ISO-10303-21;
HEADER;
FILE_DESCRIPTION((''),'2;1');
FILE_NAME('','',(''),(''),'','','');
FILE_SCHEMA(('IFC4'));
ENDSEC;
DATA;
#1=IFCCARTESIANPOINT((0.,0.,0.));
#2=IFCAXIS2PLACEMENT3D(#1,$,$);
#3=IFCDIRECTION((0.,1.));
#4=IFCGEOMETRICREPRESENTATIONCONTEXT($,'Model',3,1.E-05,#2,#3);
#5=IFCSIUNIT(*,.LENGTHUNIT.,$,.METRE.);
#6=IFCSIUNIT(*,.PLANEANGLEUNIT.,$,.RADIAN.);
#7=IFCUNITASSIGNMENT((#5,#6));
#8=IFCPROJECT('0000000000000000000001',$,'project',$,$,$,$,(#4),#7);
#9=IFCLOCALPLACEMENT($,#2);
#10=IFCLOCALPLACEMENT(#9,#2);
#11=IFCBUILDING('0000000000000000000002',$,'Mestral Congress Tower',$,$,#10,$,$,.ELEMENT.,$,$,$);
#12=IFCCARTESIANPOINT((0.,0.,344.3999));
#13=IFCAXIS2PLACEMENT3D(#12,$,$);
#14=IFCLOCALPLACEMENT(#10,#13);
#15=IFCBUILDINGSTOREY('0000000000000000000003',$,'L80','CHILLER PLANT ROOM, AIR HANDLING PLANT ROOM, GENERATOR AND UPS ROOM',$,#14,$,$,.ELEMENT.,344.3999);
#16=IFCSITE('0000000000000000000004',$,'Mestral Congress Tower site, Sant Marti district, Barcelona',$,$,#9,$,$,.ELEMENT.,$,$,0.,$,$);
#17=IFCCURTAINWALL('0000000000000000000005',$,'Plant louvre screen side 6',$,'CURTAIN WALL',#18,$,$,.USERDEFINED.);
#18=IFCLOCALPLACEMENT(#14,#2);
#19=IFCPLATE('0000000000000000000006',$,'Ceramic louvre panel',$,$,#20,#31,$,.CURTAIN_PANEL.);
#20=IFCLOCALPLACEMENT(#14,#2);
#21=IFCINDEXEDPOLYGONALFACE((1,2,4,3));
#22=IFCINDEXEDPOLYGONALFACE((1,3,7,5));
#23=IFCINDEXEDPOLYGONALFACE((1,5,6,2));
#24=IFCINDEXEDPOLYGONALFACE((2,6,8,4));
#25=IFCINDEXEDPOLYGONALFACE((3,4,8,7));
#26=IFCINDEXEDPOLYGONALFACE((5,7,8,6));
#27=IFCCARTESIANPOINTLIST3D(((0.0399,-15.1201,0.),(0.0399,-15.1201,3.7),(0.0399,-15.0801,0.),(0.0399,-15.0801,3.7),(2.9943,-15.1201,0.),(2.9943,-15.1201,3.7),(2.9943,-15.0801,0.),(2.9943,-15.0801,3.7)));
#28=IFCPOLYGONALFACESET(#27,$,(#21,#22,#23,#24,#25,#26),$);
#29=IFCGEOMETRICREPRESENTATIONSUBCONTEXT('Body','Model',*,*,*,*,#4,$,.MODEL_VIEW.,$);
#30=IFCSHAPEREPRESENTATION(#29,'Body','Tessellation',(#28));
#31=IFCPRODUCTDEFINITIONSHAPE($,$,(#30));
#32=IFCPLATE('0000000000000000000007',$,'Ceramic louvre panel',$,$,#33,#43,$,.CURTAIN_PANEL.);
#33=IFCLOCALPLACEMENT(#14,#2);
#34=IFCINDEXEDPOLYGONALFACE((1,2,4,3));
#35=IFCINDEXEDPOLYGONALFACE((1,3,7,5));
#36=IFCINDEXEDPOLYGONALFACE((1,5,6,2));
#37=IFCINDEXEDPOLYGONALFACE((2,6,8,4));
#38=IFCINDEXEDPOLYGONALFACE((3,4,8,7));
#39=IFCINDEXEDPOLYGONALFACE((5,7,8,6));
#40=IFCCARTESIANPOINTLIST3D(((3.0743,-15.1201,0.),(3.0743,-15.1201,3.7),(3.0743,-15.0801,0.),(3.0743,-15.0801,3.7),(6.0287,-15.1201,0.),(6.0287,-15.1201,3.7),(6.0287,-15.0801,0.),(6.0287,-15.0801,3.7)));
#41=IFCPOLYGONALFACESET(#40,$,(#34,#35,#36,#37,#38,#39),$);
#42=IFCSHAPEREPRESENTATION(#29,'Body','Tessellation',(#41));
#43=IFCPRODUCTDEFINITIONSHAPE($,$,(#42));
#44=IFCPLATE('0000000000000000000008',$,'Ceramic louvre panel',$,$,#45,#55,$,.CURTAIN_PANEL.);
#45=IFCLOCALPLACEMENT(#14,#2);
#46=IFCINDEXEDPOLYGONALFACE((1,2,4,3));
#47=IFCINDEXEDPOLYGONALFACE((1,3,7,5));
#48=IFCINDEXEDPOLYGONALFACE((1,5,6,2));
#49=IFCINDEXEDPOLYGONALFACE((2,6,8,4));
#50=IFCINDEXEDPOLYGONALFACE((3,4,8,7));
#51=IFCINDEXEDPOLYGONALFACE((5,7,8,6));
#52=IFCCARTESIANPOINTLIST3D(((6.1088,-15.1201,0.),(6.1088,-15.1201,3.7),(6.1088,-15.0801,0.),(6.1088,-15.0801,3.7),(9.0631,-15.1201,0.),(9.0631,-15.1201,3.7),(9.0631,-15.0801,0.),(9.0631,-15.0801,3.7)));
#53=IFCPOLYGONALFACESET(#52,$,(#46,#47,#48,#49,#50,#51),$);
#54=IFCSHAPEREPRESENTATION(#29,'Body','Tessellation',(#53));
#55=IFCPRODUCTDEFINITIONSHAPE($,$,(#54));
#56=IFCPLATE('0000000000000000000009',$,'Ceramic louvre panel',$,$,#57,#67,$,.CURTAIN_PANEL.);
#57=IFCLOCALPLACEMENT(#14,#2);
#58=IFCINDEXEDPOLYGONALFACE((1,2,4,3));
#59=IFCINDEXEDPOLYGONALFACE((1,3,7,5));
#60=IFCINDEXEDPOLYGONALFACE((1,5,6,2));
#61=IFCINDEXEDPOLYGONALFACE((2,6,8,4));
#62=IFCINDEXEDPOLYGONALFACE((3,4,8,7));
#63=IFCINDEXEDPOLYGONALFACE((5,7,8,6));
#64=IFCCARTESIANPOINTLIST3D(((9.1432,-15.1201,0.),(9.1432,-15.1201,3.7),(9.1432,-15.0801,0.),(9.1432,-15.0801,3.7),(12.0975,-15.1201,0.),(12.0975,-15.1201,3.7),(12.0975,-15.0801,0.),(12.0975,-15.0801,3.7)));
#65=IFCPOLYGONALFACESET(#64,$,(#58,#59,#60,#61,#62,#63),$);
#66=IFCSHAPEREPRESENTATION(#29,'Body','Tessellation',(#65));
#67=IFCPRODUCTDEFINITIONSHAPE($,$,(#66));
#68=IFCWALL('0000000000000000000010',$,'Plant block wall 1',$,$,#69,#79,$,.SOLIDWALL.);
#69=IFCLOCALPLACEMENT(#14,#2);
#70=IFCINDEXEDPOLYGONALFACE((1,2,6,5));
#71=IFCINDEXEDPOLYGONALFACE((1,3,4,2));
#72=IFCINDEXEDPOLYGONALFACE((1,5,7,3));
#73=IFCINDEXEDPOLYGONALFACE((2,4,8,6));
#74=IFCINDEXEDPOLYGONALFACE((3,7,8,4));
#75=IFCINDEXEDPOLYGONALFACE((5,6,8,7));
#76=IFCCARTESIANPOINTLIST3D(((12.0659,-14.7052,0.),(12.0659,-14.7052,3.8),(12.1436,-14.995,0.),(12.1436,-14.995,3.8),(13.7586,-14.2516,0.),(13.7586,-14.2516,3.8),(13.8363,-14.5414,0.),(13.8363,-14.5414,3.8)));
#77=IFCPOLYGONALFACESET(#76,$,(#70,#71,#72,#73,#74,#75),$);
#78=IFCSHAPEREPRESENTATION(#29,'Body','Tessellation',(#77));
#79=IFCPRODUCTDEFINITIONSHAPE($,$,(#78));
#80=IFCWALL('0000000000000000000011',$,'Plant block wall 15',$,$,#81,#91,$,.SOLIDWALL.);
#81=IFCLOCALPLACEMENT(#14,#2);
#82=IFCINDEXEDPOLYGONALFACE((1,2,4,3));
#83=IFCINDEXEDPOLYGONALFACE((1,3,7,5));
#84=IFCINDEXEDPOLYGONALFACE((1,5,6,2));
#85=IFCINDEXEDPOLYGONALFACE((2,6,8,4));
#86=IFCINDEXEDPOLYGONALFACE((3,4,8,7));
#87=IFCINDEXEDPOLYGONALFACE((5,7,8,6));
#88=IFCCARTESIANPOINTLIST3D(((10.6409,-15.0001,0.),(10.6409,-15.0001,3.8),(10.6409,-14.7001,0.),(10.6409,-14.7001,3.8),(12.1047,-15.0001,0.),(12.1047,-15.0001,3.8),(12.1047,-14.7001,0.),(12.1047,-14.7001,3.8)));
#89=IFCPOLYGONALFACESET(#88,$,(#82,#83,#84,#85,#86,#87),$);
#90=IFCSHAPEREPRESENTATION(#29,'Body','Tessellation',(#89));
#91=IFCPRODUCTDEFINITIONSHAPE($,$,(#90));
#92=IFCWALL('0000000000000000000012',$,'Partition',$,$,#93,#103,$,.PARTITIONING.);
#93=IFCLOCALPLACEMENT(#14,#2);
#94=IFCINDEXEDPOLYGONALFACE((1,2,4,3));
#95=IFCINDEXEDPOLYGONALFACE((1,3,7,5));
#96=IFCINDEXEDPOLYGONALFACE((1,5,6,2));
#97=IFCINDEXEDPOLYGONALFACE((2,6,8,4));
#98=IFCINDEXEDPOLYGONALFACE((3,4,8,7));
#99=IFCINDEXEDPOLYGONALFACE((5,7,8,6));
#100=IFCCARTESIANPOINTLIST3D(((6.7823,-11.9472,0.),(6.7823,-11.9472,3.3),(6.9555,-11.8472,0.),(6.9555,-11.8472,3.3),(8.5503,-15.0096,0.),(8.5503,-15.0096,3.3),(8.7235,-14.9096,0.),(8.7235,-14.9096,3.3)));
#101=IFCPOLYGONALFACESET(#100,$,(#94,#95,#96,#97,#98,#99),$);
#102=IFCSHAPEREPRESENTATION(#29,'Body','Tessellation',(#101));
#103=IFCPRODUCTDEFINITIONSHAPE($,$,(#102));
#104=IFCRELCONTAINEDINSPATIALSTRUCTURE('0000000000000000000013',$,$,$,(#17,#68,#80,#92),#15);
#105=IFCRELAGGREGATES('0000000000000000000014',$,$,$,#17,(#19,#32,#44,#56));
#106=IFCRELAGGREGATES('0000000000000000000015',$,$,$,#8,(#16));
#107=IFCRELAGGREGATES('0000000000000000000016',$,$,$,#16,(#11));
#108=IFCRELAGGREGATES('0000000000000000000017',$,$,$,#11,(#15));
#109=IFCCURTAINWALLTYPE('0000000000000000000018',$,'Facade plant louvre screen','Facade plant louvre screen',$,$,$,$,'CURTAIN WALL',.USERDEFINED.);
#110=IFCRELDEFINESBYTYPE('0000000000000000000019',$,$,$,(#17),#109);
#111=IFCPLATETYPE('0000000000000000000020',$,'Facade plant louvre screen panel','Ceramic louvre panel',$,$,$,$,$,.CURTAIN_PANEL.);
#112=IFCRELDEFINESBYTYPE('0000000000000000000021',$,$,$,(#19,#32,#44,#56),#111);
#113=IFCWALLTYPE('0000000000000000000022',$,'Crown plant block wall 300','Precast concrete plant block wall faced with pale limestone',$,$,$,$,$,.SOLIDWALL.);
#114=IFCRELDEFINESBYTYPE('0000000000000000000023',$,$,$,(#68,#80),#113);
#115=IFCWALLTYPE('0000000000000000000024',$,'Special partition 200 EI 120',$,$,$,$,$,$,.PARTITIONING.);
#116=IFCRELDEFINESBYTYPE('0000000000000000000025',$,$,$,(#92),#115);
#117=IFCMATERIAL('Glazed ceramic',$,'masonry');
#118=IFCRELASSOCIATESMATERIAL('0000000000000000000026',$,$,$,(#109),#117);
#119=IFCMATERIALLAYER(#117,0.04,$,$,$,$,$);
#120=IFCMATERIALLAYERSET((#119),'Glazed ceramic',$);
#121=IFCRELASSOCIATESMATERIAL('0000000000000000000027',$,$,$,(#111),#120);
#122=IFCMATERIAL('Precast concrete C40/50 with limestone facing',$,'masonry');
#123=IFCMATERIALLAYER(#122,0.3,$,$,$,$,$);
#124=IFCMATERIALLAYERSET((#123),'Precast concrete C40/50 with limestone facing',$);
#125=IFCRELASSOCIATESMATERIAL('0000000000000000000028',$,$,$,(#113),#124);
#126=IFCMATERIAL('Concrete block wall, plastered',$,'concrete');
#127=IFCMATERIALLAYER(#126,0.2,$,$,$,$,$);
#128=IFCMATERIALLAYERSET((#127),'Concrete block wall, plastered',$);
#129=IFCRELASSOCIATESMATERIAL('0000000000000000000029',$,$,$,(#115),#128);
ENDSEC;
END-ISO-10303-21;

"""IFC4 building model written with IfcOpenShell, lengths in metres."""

from ifc_helpers import new_model, si_unit, direction, frame, frame_2d, origin, origin_2d, place, context, subcontext, project, spatial, rectangle, extrude, material, layer, layer_set, type_object, element, aggregate, save


model = new_model("IFC4")

# Units and contexts
model_context = context("Model", 3, precision=1e-05, world=origin(), true_north=direction((0.0, 1.0)))
body_context = subcontext(model_context, "Body", "Model", "MODEL_VIEW")
ifc_project = project(units=[si_unit("LENGTHUNIT", "METRE"), si_unit("PLANEANGLEUNIT", "RADIAN")], contexts=[model_context])

# Site, building, storey
site_placement = place(None, origin())
site = spatial("IfcSite", under=ifc_project, at=site_placement, Name="Mestral Congress Tower site, Sant Marti district, Barcelona", CompositionType="ELEMENT", RefElevation=0.0)
building_placement = place(site_placement, origin())
building = spatial("IfcBuilding", under=site, at=building_placement, Name="Mestral Congress Tower", CompositionType="ELEMENT")
storey_placement = place(building_placement, frame((0.0, 0.0, 344.3999)))
storey = spatial("IfcBuildingStorey", under=building, at=storey_placement, Name="L80", Description="CHILLER PLANT ROOM, AIR HANDLING PLANT ROOM, GENERATOR AND UPS ROOM", CompositionType="ELEMENT", Elevation=344.3999)

# Shared definitions
ifc_material_1 = material(Name="Glazed ceramic", Category="masonry")
curtain_wall_type = type_object("IfcCurtainWallType", Name="Facade plant louvre screen", Description="Facade plant louvre screen", ElementType="CURTAIN WALL", PredefinedType="USERDEFINED", material=ifc_material_1)
placement = place(storey_placement, origin())

# Curtain wall
curtain_wall_1 = element("IfcCurtainWall", 1, at=placement, inside=storey, type_object=curtain_wall_type, Name="Plant louvre screen side 6", ObjectType="CURTAIN WALL", PredefinedType="USERDEFINED")

# Plates
ifc_layer_1 = layer(ifc_material_1, 0.04)
ifc_layer_set_1 = layer_set([ifc_layer_1], Name="Glazed ceramic")
plate_type = type_object("IfcPlateType", Name="Facade plant louvre screen panel", Description="Ceramic louvre panel", PredefinedType="CURTAIN_PANEL", material=ifc_layer_set_1)
plate_1_placement = place(storey_placement, frame((1.5171, -15.1001, 0.0), z_axis=(0.0, 0.0, 1.0), x_axis=(1.0, 0.0, 0.0)))
plate_1 = element("IfcPlate", 2, at=plate_1_placement, type_object=plate_type, Name="Ceramic louvre panel", PredefinedType="CURTAIN_PANEL", context=body_context, shape_type="SweptSolid", body=[
    extrude(rectangle(XDim=2.9543, YDim=0.04, at=origin_2d()), origin(), (0.0, 0.0, 1.0), 3.7),
])
plate_2_placement = place(storey_placement, frame((4.5515, -15.1001, 0.0), z_axis=(0.0, 0.0, 1.0), x_axis=(1.0, 0.0, 0.0)))
plate_2 = element("IfcPlate", 3, at=plate_2_placement, type_object=plate_type, Name="Ceramic louvre panel", PredefinedType="CURTAIN_PANEL", context=body_context, shape_type="SweptSolid", body=[
    extrude(rectangle(XDim=2.9543, YDim=0.04, at=origin_2d()), origin(), (0.0, 0.0, 1.0), 3.7),
])
plate_3_placement = place(storey_placement, frame((7.5859, -15.1001, 0.0), z_axis=(0.0, 0.0, 1.0), x_axis=(1.0, 0.0, 0.0)))
plate_3 = element("IfcPlate", 4, at=plate_3_placement, type_object=plate_type, Name="Ceramic louvre panel", PredefinedType="CURTAIN_PANEL", context=body_context, shape_type="SweptSolid", body=[
    extrude(rectangle(XDim=2.9543, YDim=0.04, at=origin_2d()), origin(), (0.0, 0.0, 1.0), 3.7),
])
plate_4_placement = place(storey_placement, frame((10.6204, -15.1001, 0.0), z_axis=(0.0, 0.0, 1.0), x_axis=(1.0, 0.0, 0.0)))
plate_4 = element("IfcPlate", 5, at=plate_4_placement, type_object=plate_type, Name="Ceramic louvre panel", PredefinedType="CURTAIN_PANEL", context=body_context, shape_type="SweptSolid", body=[
    extrude(rectangle(XDim=2.9543, YDim=0.04, at=origin_2d()), origin(), (0.0, 0.0, 1.0), 3.7),
])
aggregate(curtain_wall_1, [plate_1, plate_2, plate_3, plate_4])

# Walls
ifc_material_2 = material(Name="Precast concrete C40/50 with limestone facing", Category="masonry")
ifc_layer_2 = layer(ifc_material_2, 0.3)
ifc_layer_set_2 = layer_set([ifc_layer_2], Name="Precast concrete C40/50 with limestone facing")
wall_type_1 = type_object("IfcWallType", Name="Crown plant block wall 300", Description="Precast concrete plant block wall faced with pale limestone", PredefinedType="SOLIDWALL", material=ifc_layer_set_2)
wall_1_placement = place(storey_placement, frame((12.1047, -14.8501, 0.0), z_axis=(0.0, 0.0, 1.0), x_axis=(0.965915, 0.258859, 0.0)))
element("IfcWall", 6, at=wall_1_placement, inside=storey, type_object=wall_type_1, Name="Plant block wall 1", PredefinedType="SOLIDWALL", context=body_context, shape_type="SweptSolid", body=[
    extrude(rectangle(XDim=1.7524, YDim=0.3, at=frame_2d((0.8762, 0.0))), origin(), (0.0, 0.0, 1.0), 3.8),
])
wall_2_placement = place(storey_placement, frame((10.6409, -14.8501, 0.0), z_axis=(0.0, 0.0, 1.0), x_axis=(1.0, 0.0, 0.0)))
element("IfcWall", 7, at=wall_2_placement, inside=storey, type_object=wall_type_1, Name="Plant block wall 15", PredefinedType="SOLIDWALL", context=body_context, shape_type="SweptSolid", body=[
    extrude(rectangle(XDim=1.4639, YDim=0.3, at=frame_2d((0.7319, 0.0))), origin(), (0.0, 0.0, 1.0), 3.8),
])
ifc_material_3 = material(Name="Concrete block wall, plastered", Category="concrete")
ifc_layer_3 = layer(ifc_material_3, 0.2)
ifc_layer_set_3 = layer_set([ifc_layer_3], Name="Concrete block wall, plastered")
wall_type_2 = type_object("IfcWallType", Name="Special partition 200 EI 120", PredefinedType="PARTITIONING", material=ifc_layer_set_3)
wall_3_placement = place(storey_placement, frame((6.8689, -11.8972, 0.0), z_axis=(0.0, 0.0, 1.0), x_axis=(0.499985, -0.866034, 0.0)))
element("IfcWall", 8, at=wall_3_placement, inside=storey, type_object=wall_type_2, Name="Partition", PredefinedType="PARTITIONING", context=body_context, shape_type="SweptSolid", body=[
    extrude(rectangle(XDim=3.5361, YDim=0.2, at=frame_2d((1.7681, 0.0))), origin(), (0.0, 0.0, 1.0), 3.3),
])

save(model, "model.ifc")
